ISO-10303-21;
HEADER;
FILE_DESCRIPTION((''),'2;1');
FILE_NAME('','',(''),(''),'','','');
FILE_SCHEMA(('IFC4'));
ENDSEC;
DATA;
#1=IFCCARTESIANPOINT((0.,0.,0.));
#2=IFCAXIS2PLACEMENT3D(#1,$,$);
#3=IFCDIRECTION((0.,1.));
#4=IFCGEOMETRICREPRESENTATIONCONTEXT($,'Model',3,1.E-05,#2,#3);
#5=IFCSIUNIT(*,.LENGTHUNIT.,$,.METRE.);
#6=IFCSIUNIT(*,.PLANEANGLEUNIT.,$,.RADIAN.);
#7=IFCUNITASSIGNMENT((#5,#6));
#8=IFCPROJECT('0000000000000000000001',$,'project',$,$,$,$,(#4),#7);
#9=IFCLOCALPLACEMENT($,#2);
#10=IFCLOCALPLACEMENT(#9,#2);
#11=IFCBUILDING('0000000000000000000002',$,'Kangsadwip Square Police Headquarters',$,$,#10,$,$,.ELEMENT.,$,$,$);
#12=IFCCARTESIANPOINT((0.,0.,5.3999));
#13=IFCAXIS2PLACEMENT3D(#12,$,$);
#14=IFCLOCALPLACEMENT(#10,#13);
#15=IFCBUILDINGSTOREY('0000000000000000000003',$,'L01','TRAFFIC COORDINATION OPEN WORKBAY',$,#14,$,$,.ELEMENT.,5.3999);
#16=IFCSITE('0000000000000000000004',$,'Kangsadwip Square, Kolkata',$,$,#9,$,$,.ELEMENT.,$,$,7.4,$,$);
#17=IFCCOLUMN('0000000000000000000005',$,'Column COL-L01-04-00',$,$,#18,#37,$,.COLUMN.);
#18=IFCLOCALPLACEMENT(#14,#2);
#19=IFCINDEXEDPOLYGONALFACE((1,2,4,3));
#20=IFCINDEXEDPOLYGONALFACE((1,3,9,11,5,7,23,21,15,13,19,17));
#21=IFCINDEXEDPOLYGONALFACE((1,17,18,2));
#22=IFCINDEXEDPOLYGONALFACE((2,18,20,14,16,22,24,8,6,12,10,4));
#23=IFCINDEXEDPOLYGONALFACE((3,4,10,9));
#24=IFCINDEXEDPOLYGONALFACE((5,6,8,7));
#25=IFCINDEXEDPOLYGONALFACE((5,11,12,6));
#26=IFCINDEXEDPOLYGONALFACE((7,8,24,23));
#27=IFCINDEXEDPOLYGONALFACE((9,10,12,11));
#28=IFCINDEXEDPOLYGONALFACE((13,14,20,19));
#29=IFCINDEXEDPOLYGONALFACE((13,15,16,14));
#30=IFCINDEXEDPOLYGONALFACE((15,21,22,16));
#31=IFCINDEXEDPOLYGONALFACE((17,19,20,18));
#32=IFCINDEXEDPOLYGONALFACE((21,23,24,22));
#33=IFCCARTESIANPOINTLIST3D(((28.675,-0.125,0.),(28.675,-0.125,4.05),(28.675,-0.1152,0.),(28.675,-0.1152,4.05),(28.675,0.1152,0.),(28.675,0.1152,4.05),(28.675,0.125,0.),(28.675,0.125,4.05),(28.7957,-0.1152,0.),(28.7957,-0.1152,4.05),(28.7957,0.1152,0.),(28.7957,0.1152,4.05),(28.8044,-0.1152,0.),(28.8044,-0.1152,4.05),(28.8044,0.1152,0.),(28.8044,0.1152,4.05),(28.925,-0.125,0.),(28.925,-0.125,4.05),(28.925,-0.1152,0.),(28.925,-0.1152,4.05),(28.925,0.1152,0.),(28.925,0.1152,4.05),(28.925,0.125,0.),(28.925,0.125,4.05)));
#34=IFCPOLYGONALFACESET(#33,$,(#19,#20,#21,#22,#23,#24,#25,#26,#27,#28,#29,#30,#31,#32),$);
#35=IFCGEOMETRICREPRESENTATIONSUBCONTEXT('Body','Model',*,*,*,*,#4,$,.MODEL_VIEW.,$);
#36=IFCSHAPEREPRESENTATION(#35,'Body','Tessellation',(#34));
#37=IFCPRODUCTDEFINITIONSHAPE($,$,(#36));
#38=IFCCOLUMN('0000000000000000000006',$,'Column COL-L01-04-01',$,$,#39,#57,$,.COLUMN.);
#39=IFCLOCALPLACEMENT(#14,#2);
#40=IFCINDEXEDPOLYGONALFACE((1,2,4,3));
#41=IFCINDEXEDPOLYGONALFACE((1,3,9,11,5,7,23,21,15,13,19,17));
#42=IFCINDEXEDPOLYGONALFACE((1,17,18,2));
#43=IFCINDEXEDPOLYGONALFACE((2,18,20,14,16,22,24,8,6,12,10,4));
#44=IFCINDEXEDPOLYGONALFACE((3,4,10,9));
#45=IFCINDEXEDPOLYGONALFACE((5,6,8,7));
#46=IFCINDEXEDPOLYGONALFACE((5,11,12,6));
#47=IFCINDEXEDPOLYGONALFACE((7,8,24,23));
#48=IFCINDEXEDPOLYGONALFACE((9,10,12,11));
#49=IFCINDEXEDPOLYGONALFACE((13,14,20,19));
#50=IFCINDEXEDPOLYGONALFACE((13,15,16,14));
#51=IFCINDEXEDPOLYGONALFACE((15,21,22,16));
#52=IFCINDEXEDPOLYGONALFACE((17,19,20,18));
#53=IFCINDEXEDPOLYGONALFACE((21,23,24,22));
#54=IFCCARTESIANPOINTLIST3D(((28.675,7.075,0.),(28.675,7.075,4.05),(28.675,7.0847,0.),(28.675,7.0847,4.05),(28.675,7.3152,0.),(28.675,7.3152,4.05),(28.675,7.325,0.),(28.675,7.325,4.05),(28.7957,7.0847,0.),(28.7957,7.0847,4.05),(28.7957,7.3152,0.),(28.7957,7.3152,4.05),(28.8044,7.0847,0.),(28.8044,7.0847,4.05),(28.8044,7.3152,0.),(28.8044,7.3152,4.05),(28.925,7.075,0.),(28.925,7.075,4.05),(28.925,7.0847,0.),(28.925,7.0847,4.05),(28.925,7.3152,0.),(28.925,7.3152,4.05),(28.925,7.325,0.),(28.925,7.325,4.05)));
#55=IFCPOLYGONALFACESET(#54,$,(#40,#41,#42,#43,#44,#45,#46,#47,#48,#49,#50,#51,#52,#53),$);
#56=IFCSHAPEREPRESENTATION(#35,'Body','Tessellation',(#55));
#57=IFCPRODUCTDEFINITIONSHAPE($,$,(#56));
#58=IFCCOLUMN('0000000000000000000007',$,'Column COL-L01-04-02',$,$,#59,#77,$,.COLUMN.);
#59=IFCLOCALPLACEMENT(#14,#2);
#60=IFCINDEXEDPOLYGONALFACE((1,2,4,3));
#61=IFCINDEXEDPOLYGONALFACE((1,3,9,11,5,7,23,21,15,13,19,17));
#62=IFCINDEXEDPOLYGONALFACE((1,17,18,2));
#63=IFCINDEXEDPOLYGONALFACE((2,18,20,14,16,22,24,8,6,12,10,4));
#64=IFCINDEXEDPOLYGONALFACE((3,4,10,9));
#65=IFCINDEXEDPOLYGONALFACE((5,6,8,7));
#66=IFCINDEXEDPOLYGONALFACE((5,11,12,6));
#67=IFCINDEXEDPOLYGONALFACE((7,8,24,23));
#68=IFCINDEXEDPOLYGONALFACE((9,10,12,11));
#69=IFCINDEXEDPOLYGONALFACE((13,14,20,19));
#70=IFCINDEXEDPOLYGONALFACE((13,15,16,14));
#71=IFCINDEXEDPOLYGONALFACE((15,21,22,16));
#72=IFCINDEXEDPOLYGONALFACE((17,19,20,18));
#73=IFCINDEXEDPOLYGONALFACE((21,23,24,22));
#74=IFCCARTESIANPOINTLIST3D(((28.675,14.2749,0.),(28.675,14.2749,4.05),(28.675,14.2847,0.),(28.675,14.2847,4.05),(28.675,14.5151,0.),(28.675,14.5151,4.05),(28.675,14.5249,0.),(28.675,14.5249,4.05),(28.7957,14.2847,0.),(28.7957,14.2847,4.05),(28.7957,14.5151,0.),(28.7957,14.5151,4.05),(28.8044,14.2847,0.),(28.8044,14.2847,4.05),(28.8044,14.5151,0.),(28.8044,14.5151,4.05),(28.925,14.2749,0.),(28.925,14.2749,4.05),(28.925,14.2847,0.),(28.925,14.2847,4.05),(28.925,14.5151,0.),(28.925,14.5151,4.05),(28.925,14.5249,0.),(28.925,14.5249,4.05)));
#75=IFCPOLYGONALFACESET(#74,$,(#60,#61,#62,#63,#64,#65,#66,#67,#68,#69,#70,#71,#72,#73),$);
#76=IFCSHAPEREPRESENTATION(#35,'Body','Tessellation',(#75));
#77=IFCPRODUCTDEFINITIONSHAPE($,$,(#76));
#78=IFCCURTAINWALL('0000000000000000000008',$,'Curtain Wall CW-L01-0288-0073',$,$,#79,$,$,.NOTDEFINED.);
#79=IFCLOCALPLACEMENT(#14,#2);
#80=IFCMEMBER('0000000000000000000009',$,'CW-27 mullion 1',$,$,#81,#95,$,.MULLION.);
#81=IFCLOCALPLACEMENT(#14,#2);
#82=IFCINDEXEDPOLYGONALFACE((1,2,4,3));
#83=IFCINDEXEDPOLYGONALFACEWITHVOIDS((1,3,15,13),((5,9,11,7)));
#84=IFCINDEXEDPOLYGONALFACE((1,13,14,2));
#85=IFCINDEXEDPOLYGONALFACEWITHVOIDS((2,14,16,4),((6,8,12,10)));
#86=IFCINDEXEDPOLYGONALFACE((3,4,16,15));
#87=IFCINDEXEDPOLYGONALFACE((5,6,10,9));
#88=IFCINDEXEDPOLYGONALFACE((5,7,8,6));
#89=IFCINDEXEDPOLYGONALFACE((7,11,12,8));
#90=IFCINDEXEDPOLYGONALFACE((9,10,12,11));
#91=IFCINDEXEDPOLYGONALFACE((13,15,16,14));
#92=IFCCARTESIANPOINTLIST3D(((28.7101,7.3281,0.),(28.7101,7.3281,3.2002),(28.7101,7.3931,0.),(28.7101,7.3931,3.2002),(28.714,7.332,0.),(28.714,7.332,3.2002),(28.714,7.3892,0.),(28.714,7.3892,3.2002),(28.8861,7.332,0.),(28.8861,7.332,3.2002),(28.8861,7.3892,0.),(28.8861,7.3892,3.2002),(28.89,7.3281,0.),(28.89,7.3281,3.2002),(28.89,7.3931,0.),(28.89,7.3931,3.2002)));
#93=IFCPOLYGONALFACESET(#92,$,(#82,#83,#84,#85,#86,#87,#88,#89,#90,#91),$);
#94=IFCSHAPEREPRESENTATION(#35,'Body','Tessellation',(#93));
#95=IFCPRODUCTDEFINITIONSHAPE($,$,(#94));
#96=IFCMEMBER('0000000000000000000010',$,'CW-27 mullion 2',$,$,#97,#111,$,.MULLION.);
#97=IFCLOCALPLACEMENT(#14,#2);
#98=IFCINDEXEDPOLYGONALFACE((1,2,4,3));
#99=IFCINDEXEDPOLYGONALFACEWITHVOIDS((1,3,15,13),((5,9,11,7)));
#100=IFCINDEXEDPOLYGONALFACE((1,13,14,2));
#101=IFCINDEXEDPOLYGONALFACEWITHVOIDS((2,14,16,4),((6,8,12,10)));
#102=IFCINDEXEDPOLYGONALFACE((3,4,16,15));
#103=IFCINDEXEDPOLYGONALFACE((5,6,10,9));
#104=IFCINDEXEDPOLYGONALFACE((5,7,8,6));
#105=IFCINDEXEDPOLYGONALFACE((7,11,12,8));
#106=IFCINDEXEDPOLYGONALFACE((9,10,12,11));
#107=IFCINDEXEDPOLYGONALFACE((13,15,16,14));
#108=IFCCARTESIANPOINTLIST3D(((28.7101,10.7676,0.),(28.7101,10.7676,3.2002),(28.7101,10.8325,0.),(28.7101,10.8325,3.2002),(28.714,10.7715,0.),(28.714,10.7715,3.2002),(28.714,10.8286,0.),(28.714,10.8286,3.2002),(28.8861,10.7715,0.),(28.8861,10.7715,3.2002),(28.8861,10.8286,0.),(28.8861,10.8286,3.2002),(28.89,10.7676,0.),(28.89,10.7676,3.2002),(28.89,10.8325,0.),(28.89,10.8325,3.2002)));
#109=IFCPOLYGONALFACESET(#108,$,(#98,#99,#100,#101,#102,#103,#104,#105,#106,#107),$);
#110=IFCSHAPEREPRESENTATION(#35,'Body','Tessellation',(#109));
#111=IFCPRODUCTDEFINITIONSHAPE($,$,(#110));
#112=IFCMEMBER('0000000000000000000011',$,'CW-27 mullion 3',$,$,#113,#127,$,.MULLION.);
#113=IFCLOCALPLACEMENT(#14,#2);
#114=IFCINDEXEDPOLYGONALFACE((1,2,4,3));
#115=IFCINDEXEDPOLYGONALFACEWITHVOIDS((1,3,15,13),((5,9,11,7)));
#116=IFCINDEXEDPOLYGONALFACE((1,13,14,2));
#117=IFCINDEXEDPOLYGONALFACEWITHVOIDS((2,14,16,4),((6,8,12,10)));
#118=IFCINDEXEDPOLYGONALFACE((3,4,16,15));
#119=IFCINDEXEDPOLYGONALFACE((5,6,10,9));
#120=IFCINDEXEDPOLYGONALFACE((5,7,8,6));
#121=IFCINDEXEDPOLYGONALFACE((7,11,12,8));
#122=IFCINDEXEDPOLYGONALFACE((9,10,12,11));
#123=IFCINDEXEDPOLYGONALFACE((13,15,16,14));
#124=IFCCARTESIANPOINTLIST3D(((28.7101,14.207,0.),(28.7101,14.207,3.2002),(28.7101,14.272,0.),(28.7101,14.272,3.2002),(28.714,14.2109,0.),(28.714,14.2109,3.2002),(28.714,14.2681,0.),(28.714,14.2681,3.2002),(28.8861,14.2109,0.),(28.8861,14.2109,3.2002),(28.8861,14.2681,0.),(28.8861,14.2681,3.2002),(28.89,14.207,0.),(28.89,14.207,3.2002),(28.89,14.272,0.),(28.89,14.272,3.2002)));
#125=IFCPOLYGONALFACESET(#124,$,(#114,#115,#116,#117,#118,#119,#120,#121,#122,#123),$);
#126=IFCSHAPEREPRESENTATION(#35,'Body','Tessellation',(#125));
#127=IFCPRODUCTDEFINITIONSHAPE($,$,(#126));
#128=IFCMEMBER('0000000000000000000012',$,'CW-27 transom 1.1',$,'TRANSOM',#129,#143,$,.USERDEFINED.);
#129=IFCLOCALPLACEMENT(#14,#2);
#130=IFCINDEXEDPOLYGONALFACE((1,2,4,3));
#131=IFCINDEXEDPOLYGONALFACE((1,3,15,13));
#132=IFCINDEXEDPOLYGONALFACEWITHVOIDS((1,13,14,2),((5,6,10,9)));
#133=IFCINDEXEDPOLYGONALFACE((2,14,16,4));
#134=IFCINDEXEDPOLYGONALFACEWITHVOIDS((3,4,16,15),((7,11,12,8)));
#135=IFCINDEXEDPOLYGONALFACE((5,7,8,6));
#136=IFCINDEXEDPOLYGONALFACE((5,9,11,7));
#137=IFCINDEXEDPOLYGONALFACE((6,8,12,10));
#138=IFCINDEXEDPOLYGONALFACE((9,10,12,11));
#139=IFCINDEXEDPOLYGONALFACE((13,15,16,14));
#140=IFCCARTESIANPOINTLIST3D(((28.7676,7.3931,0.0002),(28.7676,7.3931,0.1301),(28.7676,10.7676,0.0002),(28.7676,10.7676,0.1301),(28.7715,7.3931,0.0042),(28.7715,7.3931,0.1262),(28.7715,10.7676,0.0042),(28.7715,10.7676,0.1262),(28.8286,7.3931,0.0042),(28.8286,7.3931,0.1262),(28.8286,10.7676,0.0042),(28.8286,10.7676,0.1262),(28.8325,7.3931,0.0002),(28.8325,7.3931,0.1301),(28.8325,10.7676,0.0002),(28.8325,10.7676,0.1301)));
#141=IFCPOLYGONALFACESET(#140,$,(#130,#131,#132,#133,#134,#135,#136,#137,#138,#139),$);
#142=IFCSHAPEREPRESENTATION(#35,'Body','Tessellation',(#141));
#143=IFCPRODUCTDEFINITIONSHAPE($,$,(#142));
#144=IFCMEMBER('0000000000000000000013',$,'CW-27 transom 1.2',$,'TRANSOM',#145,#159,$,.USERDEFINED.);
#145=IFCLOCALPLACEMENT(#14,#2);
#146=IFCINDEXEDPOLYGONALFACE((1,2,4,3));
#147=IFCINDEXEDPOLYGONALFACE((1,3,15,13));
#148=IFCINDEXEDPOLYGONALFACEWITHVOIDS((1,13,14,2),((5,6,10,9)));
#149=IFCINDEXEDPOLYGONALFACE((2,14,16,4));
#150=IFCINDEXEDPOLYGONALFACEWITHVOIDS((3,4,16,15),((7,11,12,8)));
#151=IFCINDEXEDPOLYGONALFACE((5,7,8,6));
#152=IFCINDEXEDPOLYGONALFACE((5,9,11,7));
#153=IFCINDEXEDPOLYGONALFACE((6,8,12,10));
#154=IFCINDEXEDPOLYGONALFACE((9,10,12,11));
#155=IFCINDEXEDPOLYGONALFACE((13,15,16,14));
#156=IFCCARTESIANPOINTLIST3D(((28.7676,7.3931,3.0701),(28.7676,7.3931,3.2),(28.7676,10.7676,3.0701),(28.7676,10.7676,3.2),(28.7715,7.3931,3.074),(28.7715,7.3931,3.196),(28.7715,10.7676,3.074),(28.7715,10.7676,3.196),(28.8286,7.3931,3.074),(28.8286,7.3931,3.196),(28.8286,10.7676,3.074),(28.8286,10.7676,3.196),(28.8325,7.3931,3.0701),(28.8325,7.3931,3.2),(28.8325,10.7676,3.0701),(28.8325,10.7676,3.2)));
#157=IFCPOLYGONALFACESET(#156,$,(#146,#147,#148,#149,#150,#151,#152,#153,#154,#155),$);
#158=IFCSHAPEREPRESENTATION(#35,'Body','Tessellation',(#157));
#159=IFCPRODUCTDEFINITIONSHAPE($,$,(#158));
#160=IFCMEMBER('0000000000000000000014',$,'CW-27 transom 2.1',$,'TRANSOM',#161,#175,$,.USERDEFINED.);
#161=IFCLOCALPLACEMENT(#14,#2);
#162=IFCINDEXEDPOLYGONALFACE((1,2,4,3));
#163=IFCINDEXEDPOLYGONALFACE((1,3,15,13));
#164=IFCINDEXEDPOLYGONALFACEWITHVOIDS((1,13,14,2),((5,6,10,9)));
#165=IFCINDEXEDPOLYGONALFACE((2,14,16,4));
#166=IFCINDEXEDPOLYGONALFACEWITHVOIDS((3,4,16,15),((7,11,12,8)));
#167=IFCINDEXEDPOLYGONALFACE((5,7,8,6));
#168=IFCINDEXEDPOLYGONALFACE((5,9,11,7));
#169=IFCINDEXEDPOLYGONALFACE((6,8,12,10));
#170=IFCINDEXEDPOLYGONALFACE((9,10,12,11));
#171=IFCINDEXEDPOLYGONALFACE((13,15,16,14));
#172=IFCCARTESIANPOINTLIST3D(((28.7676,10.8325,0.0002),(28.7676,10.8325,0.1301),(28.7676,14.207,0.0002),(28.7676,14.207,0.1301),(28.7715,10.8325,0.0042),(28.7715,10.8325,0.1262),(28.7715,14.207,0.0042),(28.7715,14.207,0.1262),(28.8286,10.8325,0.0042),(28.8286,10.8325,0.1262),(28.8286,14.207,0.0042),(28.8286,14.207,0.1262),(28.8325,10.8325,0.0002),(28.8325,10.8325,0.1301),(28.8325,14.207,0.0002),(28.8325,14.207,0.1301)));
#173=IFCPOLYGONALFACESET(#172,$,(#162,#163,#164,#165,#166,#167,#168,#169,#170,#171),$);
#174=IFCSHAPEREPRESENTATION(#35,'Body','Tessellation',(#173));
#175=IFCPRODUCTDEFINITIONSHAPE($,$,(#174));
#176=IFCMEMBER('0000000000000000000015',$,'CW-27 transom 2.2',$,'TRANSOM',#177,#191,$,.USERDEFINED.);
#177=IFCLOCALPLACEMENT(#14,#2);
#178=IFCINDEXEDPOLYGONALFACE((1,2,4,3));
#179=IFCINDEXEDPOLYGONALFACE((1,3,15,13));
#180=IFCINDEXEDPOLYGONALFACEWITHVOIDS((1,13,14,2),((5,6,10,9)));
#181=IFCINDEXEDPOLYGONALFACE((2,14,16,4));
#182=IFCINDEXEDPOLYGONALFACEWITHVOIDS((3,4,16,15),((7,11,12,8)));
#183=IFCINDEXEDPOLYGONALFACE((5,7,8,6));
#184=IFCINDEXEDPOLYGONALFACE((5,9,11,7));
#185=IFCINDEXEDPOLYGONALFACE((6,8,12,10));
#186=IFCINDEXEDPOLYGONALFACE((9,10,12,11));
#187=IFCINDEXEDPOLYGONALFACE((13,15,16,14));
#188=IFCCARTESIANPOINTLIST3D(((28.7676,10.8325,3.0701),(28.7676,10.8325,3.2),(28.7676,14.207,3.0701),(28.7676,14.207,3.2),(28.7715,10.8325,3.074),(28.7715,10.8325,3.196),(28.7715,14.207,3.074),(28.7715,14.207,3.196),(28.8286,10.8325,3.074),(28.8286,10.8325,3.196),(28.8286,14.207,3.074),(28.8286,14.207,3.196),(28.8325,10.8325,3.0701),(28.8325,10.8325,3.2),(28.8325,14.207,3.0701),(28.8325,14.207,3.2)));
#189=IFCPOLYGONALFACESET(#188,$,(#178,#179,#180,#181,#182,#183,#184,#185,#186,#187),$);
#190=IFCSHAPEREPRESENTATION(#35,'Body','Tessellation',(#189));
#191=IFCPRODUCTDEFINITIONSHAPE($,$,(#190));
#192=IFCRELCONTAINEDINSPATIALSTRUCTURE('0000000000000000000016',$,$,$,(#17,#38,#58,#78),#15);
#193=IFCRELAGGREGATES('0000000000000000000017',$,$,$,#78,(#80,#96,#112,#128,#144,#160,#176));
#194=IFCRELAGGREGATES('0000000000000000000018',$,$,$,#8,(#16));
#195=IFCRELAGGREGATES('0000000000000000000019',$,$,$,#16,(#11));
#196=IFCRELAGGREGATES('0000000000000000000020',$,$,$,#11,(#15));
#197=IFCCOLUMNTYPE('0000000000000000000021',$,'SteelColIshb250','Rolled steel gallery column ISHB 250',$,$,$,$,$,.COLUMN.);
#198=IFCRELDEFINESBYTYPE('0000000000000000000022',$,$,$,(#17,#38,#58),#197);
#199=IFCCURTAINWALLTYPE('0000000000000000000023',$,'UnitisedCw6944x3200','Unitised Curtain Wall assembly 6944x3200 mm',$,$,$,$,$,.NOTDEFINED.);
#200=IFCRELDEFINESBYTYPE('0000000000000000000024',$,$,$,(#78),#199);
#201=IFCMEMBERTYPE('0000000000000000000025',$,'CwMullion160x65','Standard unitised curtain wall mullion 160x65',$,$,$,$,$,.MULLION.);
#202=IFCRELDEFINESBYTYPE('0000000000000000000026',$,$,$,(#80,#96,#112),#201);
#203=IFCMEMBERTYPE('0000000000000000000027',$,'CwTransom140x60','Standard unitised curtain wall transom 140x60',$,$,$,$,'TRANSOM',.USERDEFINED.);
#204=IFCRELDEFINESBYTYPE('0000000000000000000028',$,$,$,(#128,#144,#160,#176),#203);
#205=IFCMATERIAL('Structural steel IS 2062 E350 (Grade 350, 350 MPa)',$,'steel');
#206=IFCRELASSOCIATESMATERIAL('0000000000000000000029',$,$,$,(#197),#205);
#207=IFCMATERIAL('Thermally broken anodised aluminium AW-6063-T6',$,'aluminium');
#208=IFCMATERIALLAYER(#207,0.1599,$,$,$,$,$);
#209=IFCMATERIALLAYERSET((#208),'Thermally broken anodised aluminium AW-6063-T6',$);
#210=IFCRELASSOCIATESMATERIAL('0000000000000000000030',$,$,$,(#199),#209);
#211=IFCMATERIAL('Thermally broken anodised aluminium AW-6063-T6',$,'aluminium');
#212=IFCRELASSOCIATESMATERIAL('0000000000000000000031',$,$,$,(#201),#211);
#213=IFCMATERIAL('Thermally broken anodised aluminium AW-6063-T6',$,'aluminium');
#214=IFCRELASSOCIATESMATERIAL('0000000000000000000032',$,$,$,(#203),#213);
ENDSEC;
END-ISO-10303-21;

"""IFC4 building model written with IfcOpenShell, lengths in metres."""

from ifc_helpers import new_model, si_unit, direction, frame, origin, origin_2d, place, context, subcontext, project, spatial, hollow_rectangle, i_section, extrude, material, layer, layer_set, material_profile, profile_set, type_object, element, aggregate, save


model = new_model("IFC4")

# Units and contexts
model_context = context("Model", 3, precision=1e-05, world=origin(), true_north=direction((0.0, 1.0)))
body_context = subcontext(model_context, "Body", "Model", "MODEL_VIEW")
ifc_project = project(units=[si_unit("LENGTHUNIT", "METRE"), si_unit("PLANEANGLEUNIT", "RADIAN")], contexts=[model_context])

# Site, building, storey
site_placement = place(None, origin())
site = spatial("IfcSite", under=ifc_project, at=site_placement, Name="Kangsadwip Square, Kolkata", CompositionType="ELEMENT", RefElevation=7.4)
building_placement = place(site_placement, origin())
building = spatial("IfcBuilding", under=site, at=building_placement, Name="Kangsadwip Square Police Headquarters", CompositionType="ELEMENT")
storey_placement = place(building_placement, frame((0.0, 0.0, 5.3999)))
storey = spatial("IfcBuildingStorey", under=building, at=storey_placement, Name="L01", Description="TRAFFIC COORDINATION OPEN WORKBAY", CompositionType="ELEMENT", Elevation=5.3999)

# Columns
ifc_material_1 = material(Name="Structural steel IS 2062 E350 (Grade 350, 350 MPa)", Category="steel")
ifc_material_profile_1 = material_profile(ifc_material_1, i_section(OverallWidth=0.25, OverallDepth=0.25, WebThickness=0.0088, FlangeThickness=0.0098, at=origin_2d()), Name="ISHB 250")
ifc_profile_set_1 = profile_set([ifc_material_profile_1], Name="Structural steel IS 2062 E350 (Grade 350, 350 MPa)")
column_type = type_object("IfcColumnType", Name="SteelColIshb250", Description="Rolled steel gallery column ISHB 250", PredefinedType="COLUMN", material=ifc_profile_set_1)
for number, where, z_axis, x_axis, name in (
    (1, (28.8, 0.0, 0.0), (0.0, 0.0, 1.0), (1.0, 0.0, 0.0), "Column COL-L01-04-00"),
    (2, (28.8, 7.2, 0.0), (0.0, 0.0, 1.0), (1.0, 0.0, 0.0), "Column COL-L01-04-01"),
    (3, (28.8, 14.3999, 0.0), (0.0, 0.0, 1.0), (1.0, 0.0, 0.0), "Column COL-L01-04-02"),
):
    element("IfcColumn", number, at=place(storey_placement, frame(where, z_axis=z_axis, x_axis=x_axis)), inside=storey, type_object=column_type, Name=name, PredefinedType="COLUMN", context=body_context, shape_type="SweptSolid", body=[
        extrude(i_section(OverallWidth=0.25, OverallDepth=0.25, WebThickness=0.0088, FlangeThickness=0.0098, at=origin_2d()), origin(), (0.0, 0.0, 1.0), 4.05),
    ])

# Curtain wall, members
ifc_material_2 = material(Name="Thermally broken anodised aluminium AW-6063-T6", Category="aluminium")
ifc_layer_1 = layer(ifc_material_2, 0.1599)
ifc_layer_set_1 = layer_set([ifc_layer_1], Name="Thermally broken anodised aluminium AW-6063-T6")
curtain_wall_type = type_object("IfcCurtainWallType", Name="UnitisedCw6944x3200", Description="Unitised Curtain Wall assembly 6944x3200 mm", PredefinedType="NOTDEFINED", material=ifc_layer_set_1)
curtain_wall_placement = place(storey_placement, origin())
curtain_wall = element("IfcCurtainWall", 4, at=curtain_wall_placement, inside=storey, type_object=curtain_wall_type, Name="Curtain Wall CW-L01-0288-0073", PredefinedType="NOTDEFINED")
ifc_material_3 = material(Name="Thermally broken anodised aluminium AW-6063-T6", Category="aluminium")
ifc_material_profile_2 = material_profile(ifc_material_3, hollow_rectangle(XDim=0.0649, YDim=0.1799, WallThickness=0.0039, at=origin_2d()), Name="CWM 180X65X4")
ifc_profile_set_2 = profile_set([ifc_material_profile_2], Name="Thermally broken anodised aluminium AW-6063-T6")
member_type_1 = type_object("IfcMemberType", Name="CwMullion160x65", Description="Standard unitised curtain wall mullion 160x65", PredefinedType="MULLION", material=ifc_profile_set_2)
member_1_placement = place(storey_placement, frame((28.8, 7.3606, 0.0), z_axis=(0.0, 0.0, 1.0), x_axis=(0.0, 1.0, 0.0)))
member_1 = element("IfcMember", 5, at=member_1_placement, type_object=member_type_1, Name="CW-27 mullion 1", PredefinedType="MULLION", context=body_context, shape_type="SweptSolid", body=[
    extrude(hollow_rectangle(XDim=0.0649, YDim=0.1799, WallThickness=0.0039, at=origin_2d()), origin(), (0.0, 0.0, 1.0), 3.2002),
])
member_2_placement = place(storey_placement, frame((28.8, 10.8, 0.0), z_axis=(0.0, 0.0, 1.0), x_axis=(0.0, 1.0, 0.0)))
member_2 = element("IfcMember", 6, at=member_2_placement, type_object=member_type_1, Name="CW-27 mullion 2", PredefinedType="MULLION", context=body_context, shape_type="SweptSolid", body=[
    extrude(hollow_rectangle(XDim=0.0649, YDim=0.1799, WallThickness=0.0039, at=origin_2d()), origin(), (0.0, 0.0, 1.0), 3.2002),
])
member_3_placement = place(storey_placement, frame((28.8, 14.2395, 0.0), z_axis=(0.0, 0.0, 1.0), x_axis=(0.0, 1.0, 0.0)))
member_3 = element("IfcMember", 7, at=member_3_placement, type_object=member_type_1, Name="CW-27 mullion 3", PredefinedType="MULLION", context=body_context, shape_type="SweptSolid", body=[
    extrude(hollow_rectangle(XDim=0.0649, YDim=0.1799, WallThickness=0.0039, at=origin_2d()), origin(), (0.0, 0.0, 1.0), 3.2002),
])
ifc_material_4 = material(Name="Thermally broken anodised aluminium AW-6063-T6", Category="aluminium")
ifc_material_profile_3 = material_profile(ifc_material_4, hollow_rectangle(XDim=0.0649, YDim=0.1299, WallThickness=0.0039, at=origin_2d()), Name="CWT 130X65X4")
ifc_profile_set_3 = profile_set([ifc_material_profile_3], Name="Thermally broken anodised aluminium AW-6063-T6")
member_type_2 = type_object("IfcMemberType", Name="CwTransom140x60", Description="Standard unitised curtain wall transom 140x60", ElementType="TRANSOM", PredefinedType="USERDEFINED", material=ifc_profile_set_3)
member_4_placement = place(storey_placement, frame((28.8, 7.3931, 0.0652), z_axis=(0.0, 1.0, 0.0), x_axis=(-1.0, 0.0, 0.0)))
member_4 = element("IfcMember", 8, at=member_4_placement, type_object=member_type_2, Name="CW-27 transom 1.1", ObjectType="TRANSOM", PredefinedType="USERDEFINED", context=body_context, shape_type="SweptSolid", body=[
    extrude(hollow_rectangle(XDim=0.0649, YDim=0.1299, WallThickness=0.0039, at=origin_2d()), origin(), (0.0, 0.0, 1.0), 3.3745),
])
member_5_placement = place(storey_placement, frame((28.8, 7.3931, 3.135), z_axis=(0.0, 1.0, 0.0), x_axis=(-1.0, 0.0, 0.0)))
member_5 = element("IfcMember", 9, at=member_5_placement, type_object=member_type_2, Name="CW-27 transom 1.2", ObjectType="TRANSOM", PredefinedType="USERDEFINED", context=body_context, shape_type="SweptSolid", body=[
    extrude(hollow_rectangle(XDim=0.0649, YDim=0.1299, WallThickness=0.0039, at=origin_2d()), origin(), (0.0, 0.0, 1.0), 3.3745),
])
member_6_placement = place(storey_placement, frame((28.8, 10.8325, 0.0652), z_axis=(0.0, 1.0, 0.0), x_axis=(-1.0, 0.0, 0.0)))
member_6 = element("IfcMember", 10, at=member_6_placement, type_object=member_type_2, Name="CW-27 transom 2.1", ObjectType="TRANSOM", PredefinedType="USERDEFINED", context=body_context, shape_type="SweptSolid", body=[
    extrude(hollow_rectangle(XDim=0.0649, YDim=0.1299, WallThickness=0.0039, at=origin_2d()), origin(), (0.0, 0.0, 1.0), 3.3745),
])
member_7_placement = place(storey_placement, frame((28.8, 10.8325, 3.135), z_axis=(0.0, 1.0, 0.0), x_axis=(-1.0, 0.0, 0.0)))
member_7 = element("IfcMember", 11, at=member_7_placement, type_object=member_type_2, Name="CW-27 transom 2.2", ObjectType="TRANSOM", PredefinedType="USERDEFINED", context=body_context, shape_type="SweptSolid", body=[
    extrude(hollow_rectangle(XDim=0.0649, YDim=0.1299, WallThickness=0.0039, at=origin_2d()), origin(), (0.0, 0.0, 1.0), 3.3745),
])

aggregate(curtain_wall, [member_1, member_2, member_3, member_4, member_5, member_6, member_7])

save(model, "model.ifc")
